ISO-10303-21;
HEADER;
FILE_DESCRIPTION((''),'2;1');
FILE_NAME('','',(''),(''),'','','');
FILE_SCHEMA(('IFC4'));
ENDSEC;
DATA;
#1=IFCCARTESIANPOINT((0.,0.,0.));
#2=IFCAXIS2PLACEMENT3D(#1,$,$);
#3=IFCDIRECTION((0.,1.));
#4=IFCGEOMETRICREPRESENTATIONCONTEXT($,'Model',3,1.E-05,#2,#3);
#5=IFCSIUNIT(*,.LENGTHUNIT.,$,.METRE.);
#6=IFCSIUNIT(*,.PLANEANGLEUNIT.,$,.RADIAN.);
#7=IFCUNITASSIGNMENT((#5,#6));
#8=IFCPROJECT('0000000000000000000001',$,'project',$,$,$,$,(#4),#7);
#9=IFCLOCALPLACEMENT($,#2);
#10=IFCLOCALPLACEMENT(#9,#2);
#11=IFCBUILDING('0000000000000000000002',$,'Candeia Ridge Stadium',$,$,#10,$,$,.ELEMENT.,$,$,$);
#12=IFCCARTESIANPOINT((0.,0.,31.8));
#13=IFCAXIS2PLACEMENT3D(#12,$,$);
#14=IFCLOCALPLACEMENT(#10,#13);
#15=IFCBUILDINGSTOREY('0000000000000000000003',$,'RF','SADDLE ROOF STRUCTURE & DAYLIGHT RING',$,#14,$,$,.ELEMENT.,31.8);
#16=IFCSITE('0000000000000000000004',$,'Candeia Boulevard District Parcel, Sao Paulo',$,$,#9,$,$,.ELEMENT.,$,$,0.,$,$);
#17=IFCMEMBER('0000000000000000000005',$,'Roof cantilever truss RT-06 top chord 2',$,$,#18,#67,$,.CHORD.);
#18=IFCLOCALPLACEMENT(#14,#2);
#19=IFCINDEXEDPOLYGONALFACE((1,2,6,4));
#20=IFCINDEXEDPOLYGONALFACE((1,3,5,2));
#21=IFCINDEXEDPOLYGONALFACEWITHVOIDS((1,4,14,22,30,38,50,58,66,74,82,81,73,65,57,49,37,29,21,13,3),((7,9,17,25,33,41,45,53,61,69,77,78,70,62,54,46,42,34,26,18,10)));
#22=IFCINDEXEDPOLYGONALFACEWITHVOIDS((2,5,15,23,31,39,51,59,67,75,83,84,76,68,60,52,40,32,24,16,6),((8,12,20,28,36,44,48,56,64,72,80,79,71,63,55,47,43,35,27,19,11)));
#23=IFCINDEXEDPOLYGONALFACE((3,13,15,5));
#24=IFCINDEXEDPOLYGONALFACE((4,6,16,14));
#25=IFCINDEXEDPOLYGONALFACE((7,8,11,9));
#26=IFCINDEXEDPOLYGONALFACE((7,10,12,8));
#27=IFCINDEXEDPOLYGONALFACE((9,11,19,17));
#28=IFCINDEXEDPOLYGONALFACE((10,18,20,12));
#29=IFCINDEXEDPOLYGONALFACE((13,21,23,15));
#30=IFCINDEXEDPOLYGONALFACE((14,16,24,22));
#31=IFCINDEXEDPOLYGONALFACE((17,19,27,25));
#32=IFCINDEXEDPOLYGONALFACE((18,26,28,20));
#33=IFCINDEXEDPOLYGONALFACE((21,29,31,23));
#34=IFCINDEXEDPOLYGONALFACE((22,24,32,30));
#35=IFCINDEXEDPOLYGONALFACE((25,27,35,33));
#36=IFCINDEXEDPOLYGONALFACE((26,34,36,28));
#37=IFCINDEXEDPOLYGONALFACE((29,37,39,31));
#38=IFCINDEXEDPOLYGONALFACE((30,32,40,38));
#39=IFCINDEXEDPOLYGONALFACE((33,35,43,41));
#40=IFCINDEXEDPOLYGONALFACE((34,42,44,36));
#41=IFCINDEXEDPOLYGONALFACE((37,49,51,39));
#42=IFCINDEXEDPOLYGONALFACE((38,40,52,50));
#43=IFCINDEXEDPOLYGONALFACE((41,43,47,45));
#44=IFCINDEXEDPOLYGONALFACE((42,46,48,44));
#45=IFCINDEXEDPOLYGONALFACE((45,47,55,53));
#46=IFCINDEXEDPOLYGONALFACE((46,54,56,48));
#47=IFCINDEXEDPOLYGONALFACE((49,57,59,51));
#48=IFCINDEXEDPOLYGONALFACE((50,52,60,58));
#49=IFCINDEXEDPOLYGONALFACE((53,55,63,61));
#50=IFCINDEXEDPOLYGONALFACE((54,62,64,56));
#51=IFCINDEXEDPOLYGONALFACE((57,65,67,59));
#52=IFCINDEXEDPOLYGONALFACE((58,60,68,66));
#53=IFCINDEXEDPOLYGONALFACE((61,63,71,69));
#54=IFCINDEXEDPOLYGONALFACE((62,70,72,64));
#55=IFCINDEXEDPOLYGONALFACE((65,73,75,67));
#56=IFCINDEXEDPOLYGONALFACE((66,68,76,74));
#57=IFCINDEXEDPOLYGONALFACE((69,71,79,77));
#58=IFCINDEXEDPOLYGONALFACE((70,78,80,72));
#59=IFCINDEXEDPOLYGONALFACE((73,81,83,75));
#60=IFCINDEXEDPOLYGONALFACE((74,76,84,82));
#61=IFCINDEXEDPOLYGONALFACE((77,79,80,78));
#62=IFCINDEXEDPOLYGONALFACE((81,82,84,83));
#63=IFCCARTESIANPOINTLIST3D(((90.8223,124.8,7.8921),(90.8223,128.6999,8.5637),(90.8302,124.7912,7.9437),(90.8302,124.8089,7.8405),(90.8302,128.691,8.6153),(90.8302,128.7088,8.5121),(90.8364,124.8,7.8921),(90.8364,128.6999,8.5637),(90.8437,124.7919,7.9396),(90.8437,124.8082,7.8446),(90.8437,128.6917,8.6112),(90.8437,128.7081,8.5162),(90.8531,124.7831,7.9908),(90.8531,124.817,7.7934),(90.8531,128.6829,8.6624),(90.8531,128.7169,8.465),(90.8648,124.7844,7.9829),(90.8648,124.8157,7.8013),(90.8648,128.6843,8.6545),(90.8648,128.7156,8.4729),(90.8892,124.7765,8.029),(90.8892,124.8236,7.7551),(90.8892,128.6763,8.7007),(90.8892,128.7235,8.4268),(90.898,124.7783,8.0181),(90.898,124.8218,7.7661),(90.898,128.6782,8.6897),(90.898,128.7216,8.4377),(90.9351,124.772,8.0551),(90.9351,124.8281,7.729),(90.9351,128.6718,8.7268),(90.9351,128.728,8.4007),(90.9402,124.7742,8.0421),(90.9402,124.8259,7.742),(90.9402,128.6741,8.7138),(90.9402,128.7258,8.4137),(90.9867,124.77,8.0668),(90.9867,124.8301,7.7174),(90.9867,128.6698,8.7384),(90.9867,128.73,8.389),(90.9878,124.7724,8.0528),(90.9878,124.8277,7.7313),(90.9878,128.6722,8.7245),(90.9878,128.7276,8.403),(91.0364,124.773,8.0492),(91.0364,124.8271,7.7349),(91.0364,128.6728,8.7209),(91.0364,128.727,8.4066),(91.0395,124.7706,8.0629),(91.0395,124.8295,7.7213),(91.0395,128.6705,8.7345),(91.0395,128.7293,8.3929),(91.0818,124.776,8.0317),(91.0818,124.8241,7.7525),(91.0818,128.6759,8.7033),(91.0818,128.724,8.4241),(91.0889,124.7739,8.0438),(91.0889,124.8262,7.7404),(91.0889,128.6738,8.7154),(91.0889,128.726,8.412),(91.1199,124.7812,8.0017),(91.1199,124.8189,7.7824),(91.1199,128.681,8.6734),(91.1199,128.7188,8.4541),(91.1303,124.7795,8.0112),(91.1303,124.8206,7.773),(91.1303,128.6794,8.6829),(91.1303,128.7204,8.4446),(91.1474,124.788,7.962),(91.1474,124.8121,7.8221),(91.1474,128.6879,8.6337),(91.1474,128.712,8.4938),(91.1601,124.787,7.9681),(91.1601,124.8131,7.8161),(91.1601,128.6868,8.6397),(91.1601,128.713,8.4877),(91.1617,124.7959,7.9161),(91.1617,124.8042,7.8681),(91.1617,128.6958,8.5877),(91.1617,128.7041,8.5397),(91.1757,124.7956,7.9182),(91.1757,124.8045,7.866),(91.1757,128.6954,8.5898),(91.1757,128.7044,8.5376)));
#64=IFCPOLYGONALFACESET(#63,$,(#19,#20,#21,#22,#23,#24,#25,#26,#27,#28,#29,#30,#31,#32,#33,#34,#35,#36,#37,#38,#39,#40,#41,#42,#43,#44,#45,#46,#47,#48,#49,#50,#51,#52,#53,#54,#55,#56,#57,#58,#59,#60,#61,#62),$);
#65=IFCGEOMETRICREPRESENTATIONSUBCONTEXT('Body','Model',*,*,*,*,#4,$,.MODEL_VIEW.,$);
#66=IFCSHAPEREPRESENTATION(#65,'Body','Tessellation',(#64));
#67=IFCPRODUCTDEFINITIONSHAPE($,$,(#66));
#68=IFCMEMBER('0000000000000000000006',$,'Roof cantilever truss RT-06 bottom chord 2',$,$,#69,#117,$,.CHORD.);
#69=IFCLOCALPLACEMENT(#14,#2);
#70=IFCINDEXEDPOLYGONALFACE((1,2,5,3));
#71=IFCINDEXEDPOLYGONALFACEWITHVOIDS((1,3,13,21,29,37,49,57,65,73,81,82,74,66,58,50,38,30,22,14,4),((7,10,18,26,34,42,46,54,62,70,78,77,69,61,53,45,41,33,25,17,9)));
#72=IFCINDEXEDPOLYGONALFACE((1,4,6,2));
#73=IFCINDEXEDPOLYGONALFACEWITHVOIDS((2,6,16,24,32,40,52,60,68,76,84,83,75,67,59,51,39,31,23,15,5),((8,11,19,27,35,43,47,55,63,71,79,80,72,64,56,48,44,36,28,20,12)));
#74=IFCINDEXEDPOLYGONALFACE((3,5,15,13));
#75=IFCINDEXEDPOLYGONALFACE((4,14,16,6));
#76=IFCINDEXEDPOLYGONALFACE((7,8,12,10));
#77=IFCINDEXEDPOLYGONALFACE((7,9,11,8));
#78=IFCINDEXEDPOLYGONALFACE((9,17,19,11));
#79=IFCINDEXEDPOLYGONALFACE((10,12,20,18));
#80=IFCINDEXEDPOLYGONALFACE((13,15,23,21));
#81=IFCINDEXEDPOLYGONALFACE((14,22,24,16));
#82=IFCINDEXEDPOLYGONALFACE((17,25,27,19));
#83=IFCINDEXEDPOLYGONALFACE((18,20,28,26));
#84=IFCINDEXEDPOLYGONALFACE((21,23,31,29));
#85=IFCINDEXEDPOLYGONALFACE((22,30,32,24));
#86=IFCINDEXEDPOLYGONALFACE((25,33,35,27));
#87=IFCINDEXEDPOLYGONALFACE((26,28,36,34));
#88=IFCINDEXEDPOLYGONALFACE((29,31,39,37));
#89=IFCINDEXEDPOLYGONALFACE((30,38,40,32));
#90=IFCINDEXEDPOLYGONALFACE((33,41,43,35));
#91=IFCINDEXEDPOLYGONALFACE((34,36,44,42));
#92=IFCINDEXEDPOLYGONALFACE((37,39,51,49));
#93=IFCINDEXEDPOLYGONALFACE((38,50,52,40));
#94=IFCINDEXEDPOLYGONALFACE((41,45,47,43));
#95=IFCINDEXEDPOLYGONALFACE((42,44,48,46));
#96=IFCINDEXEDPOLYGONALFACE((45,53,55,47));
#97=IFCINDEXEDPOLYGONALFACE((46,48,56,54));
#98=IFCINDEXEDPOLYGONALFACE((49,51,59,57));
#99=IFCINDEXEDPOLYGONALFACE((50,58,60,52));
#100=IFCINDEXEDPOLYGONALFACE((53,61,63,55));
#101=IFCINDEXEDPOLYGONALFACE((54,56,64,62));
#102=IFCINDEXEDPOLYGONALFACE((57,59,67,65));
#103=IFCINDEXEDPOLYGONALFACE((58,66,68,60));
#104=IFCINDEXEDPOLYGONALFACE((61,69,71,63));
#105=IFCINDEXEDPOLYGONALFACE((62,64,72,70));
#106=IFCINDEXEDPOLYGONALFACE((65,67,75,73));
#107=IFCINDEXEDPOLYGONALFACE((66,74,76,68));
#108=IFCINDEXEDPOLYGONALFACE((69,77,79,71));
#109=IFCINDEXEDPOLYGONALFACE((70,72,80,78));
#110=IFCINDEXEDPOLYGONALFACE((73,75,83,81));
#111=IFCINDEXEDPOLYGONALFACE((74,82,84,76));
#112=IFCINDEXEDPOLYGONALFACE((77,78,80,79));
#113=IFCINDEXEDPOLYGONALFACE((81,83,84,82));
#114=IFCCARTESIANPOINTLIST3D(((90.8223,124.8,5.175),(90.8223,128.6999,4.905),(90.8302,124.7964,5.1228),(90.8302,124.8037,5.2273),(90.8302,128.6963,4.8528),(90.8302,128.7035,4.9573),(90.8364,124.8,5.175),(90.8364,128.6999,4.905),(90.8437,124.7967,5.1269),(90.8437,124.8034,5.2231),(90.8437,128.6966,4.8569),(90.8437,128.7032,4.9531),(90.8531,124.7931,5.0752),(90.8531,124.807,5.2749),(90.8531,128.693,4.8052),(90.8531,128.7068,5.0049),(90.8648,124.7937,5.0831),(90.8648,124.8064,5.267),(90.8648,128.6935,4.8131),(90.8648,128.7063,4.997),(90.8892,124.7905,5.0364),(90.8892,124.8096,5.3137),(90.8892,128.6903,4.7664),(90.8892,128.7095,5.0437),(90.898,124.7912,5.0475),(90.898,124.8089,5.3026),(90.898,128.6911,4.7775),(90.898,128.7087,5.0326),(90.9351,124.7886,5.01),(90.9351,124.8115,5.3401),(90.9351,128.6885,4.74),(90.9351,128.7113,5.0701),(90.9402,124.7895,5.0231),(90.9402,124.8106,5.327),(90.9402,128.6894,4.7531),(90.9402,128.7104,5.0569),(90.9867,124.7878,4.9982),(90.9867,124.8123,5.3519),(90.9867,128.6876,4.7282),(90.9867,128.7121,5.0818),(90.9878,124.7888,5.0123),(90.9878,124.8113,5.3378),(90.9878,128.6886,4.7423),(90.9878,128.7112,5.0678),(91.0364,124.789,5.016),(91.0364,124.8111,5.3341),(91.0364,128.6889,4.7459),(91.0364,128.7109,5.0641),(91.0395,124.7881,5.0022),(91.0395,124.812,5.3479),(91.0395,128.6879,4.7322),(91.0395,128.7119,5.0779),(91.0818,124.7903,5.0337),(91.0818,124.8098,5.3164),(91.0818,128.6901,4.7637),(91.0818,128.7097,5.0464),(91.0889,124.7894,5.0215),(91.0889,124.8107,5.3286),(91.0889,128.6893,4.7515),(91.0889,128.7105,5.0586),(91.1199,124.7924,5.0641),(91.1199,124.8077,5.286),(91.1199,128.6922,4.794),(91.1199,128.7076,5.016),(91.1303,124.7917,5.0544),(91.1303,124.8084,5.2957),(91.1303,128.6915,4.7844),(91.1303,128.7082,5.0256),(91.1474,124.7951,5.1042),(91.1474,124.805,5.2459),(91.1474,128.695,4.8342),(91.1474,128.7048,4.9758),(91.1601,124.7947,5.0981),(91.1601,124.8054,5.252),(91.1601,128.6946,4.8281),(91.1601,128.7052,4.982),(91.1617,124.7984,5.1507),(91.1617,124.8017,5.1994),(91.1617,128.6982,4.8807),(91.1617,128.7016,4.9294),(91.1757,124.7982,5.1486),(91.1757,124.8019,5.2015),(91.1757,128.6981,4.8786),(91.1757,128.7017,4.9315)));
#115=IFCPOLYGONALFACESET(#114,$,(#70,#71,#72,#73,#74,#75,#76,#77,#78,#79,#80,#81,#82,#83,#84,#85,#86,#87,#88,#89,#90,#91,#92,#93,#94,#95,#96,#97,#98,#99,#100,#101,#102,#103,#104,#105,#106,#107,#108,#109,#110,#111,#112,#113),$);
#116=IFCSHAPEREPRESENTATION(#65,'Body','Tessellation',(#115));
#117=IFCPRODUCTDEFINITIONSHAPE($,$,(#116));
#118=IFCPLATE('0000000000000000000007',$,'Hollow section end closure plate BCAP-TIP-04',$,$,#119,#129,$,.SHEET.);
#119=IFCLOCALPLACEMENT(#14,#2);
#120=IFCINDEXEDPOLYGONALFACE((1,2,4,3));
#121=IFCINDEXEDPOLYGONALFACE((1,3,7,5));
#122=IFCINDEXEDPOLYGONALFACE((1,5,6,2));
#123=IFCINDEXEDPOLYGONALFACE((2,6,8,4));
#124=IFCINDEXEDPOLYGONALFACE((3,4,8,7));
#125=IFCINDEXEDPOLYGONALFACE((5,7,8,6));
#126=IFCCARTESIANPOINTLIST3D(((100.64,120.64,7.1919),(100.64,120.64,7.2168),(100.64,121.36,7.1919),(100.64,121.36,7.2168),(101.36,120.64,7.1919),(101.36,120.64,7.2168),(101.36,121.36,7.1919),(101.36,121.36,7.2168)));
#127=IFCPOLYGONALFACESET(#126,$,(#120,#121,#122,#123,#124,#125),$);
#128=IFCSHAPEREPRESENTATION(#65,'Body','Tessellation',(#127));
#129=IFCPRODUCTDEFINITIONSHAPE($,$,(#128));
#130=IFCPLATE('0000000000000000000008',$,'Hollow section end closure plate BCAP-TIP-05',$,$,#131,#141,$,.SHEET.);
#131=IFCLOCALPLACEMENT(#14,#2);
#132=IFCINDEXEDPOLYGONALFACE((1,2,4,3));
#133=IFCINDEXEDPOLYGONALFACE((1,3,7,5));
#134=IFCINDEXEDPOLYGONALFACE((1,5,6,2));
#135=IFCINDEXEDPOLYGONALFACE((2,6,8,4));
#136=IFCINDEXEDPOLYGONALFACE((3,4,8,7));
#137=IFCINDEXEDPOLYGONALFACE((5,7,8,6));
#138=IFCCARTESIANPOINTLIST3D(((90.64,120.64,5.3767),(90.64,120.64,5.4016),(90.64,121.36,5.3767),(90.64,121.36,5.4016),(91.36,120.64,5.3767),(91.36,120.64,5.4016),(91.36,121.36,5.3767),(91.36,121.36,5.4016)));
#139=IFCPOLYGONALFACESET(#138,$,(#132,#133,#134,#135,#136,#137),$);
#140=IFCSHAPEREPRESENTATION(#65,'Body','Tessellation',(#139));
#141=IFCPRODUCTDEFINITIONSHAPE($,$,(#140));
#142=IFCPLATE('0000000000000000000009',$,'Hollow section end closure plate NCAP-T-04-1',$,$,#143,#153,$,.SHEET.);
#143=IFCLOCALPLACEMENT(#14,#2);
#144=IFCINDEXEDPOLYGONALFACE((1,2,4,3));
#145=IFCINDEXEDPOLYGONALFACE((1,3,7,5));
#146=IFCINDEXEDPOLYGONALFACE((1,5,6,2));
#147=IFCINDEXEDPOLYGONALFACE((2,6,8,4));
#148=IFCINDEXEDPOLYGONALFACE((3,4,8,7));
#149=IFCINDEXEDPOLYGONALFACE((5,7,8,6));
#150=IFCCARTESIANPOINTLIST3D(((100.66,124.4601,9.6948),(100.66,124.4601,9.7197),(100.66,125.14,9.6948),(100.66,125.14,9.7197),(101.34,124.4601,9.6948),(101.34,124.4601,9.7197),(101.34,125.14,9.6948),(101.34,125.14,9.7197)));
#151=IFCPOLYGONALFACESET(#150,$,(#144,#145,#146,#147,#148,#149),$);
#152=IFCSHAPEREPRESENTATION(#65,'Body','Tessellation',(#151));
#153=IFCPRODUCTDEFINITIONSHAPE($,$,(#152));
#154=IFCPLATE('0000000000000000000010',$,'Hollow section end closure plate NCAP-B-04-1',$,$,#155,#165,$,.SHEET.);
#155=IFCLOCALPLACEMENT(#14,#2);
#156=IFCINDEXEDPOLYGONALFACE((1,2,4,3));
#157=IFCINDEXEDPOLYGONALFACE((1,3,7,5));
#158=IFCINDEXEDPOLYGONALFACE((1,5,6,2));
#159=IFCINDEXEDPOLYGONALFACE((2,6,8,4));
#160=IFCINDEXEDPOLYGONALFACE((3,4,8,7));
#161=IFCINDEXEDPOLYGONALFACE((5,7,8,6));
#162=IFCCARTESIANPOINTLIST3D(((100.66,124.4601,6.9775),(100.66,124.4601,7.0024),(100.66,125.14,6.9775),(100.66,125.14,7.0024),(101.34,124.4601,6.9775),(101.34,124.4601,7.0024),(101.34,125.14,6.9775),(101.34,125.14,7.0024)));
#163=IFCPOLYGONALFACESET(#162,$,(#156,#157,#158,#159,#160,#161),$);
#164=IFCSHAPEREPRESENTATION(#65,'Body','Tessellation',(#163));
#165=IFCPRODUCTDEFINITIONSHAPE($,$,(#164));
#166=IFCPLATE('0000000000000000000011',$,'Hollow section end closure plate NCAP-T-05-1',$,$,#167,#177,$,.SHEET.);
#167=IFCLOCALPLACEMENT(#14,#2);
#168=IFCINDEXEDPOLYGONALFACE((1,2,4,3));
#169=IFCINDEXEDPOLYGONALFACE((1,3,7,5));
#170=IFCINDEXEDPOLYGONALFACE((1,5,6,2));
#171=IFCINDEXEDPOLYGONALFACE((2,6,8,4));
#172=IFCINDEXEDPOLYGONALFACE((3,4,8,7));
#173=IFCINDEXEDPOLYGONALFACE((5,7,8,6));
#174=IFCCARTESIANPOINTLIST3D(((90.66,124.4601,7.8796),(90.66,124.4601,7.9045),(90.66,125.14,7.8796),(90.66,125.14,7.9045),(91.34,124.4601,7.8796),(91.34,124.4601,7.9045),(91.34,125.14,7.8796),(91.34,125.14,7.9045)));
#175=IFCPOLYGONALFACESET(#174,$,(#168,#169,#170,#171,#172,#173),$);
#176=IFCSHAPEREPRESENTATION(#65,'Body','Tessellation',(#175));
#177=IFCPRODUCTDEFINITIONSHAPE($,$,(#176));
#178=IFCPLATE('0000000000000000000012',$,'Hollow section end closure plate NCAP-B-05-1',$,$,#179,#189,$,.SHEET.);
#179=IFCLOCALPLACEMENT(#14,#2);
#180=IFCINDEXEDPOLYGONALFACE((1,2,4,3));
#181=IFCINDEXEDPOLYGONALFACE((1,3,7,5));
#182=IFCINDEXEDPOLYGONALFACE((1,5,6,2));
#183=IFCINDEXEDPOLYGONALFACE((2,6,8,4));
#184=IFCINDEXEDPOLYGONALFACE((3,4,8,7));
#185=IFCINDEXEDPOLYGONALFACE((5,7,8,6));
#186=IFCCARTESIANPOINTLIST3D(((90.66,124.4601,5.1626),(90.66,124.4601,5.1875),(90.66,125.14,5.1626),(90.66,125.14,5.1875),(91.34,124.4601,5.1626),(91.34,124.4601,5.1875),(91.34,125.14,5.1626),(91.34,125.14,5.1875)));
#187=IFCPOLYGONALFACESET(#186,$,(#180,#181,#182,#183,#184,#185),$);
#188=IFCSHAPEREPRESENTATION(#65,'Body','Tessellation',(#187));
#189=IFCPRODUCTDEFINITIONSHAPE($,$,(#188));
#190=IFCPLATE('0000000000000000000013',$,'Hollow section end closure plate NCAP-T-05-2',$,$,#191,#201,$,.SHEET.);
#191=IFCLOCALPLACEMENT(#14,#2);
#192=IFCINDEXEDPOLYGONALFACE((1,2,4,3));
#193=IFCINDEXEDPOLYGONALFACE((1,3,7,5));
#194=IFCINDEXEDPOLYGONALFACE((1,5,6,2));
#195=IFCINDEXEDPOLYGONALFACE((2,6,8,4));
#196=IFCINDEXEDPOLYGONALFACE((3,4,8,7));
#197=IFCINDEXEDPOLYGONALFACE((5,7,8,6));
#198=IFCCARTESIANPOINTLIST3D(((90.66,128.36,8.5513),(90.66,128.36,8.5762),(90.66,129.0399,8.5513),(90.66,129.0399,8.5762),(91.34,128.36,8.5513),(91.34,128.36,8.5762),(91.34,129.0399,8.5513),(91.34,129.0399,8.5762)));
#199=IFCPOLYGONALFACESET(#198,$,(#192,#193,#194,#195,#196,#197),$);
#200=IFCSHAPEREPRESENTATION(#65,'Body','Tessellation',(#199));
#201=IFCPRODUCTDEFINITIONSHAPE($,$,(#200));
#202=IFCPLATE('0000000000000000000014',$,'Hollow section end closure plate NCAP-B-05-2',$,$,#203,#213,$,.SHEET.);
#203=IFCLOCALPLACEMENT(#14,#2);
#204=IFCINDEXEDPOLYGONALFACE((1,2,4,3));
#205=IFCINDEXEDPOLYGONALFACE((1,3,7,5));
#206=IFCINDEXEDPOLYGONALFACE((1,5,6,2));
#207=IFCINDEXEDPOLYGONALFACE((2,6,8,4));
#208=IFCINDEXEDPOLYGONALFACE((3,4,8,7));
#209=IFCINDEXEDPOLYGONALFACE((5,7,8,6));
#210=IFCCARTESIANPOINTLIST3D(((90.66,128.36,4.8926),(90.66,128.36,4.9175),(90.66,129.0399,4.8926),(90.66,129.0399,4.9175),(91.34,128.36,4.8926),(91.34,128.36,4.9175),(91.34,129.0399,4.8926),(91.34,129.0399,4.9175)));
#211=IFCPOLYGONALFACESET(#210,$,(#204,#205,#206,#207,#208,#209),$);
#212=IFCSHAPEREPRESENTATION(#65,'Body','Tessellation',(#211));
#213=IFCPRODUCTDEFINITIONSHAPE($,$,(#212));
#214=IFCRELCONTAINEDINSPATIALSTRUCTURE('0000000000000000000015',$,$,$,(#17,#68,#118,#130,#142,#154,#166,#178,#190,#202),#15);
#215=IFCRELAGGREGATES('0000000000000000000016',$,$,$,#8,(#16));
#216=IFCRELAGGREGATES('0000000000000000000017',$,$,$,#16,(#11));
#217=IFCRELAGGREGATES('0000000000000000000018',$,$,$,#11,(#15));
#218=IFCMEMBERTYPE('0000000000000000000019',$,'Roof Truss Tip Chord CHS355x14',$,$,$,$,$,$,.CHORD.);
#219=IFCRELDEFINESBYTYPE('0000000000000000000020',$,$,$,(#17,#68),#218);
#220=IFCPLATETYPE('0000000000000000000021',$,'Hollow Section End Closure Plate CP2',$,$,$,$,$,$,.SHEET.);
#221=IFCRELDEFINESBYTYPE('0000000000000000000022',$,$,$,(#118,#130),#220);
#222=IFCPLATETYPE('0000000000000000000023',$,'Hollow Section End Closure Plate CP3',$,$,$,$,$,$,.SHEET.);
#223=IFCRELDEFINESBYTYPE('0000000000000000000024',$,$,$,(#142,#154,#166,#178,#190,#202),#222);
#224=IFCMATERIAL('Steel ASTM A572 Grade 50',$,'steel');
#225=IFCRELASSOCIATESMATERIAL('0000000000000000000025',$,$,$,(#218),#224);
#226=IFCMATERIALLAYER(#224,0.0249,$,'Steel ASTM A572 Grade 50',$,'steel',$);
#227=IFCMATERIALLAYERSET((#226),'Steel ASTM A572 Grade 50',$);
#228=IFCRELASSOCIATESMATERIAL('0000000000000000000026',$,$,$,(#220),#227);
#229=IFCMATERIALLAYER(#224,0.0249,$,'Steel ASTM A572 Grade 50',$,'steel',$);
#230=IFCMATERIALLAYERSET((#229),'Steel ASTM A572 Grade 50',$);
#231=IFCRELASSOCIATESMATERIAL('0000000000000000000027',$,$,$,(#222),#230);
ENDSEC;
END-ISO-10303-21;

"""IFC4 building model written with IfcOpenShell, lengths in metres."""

from ifc_helpers import new_model, si_unit, direction, frame, origin, origin_2d, place, context, subcontext, project, spatial, rectangle, hollow_circle, extrude, material, layer, layer_set, material_profile, profile_set, type_object, element, save


model = new_model("IFC4")

# Units and contexts
model_context = context("Model", 3, precision=1e-05, world=origin(), true_north=direction((0.0, 1.0)))
body_context = subcontext(model_context, "Body", "Model", "MODEL_VIEW")
ifc_project = project(units=[si_unit("LENGTHUNIT", "METRE"), si_unit("PLANEANGLEUNIT", "RADIAN")], contexts=[model_context])

# Site, building, storey
site_placement = place(None, origin())
site = spatial("IfcSite", under=ifc_project, at=site_placement, Name="Candeia Boulevard District Parcel, Sao Paulo", CompositionType="ELEMENT", RefElevation=0.0)
building_placement = place(site_placement, origin())
building = spatial("IfcBuilding", under=site, at=building_placement, Name="Candeia Ridge Stadium", CompositionType="ELEMENT")
storey_placement = place(building_placement, frame((0.0, 0.0, 31.8)))
storey = spatial("IfcBuildingStorey", under=building, at=storey_placement, Name="RF", Description="SADDLE ROOF STRUCTURE & DAYLIGHT RING", CompositionType="ELEMENT", Elevation=31.8)

# Shared definitions
ifc_material_1 = material(Name="Steel ASTM A572 Grade 50", Category="steel")

# Members
ifc_material_profile_1 = material_profile(ifc_material_1, hollow_circle(Radius=0.1777, WallThickness=0.0142, at=origin_2d()), Name="CHS355x14", Category="steel")
ifc_profile_set_1 = profile_set([ifc_material_profile_1], Name="Steel ASTM A572 Grade 50")
member_type_1 = type_object("IfcMemberType", Name="Roof Truss Tip Chord CHS355x14", PredefinedType="CHORD", material=ifc_profile_set_1)
member_1_placement = place(storey_placement, frame((91.0, 124.8, 7.8921), z_axis=(0.0, 0.985493, 0.169719), x_axis=(-1.0, 0.0, 0.0)))
element("IfcMember", 1, at=member_1_placement, inside=storey, type_object=member_type_1, Name="Roof cantilever truss RT-06 top chord 2", PredefinedType="CHORD", context=body_context, shape_type="SweptSolid", body=[
    extrude(hollow_circle(Radius=0.1777, WallThickness=0.0142, at=origin_2d()), origin(), (0.0, 0.0, 1.0), 3.9573),
])
member_2_placement = place(storey_placement, frame((91.0, 124.8, 5.175), z_axis=(0.0, 0.997612, -0.069072), x_axis=(-1.0, 0.0, 0.0)))
element("IfcMember", 2, at=member_2_placement, inside=storey, type_object=member_type_1, Name="Roof cantilever truss RT-06 bottom chord 2", PredefinedType="CHORD", context=body_context, shape_type="SweptSolid", body=[
    extrude(hollow_circle(Radius=0.1777, WallThickness=0.0142, at=origin_2d()), origin(), (0.0, 0.0, 1.0), 3.9092),
])

# Plates
ifc_layer_1 = layer(ifc_material_1, 0.0249, Name="Steel ASTM A572 Grade 50", Category="steel")
ifc_layer_set_1 = layer_set([ifc_layer_1], Name="Steel ASTM A572 Grade 50")
plate_type_1 = type_object("IfcPlateType", Name="Hollow Section End Closure Plate CP2", PredefinedType="SHEET", material=ifc_layer_set_1)
for number, where, z_axis, x_axis, name in (
    (3, (101.0, 121.0, 7.1919), (0.0, 0.0, 1.0), (1.0, 0.0, 0.0), "Hollow section end closure plate BCAP-TIP-04"),
    (4, (91.0, 121.0, 5.3767), (0.0, 0.0, 1.0), (1.0, 0.0, 0.0), "Hollow section end closure plate BCAP-TIP-05"),
):
    element("IfcPlate", number, at=place(storey_placement, frame(where, z_axis=z_axis, x_axis=x_axis)), inside=storey, type_object=plate_type_1, Name=name, PredefinedType="SHEET", context=body_context, shape_type="SweptSolid", body=[
        extrude(rectangle(XDim=0.72, YDim=0.72, at=origin_2d()), origin(), (0.0, 0.0, 1.0), 0.0249),
    ])
ifc_layer_2 = layer(ifc_material_1, 0.0249, Name="Steel ASTM A572 Grade 50", Category="steel")
ifc_layer_set_2 = layer_set([ifc_layer_2], Name="Steel ASTM A572 Grade 50")
plate_type_2 = type_object("IfcPlateType", Name="Hollow Section End Closure Plate CP3", PredefinedType="SHEET", material=ifc_layer_set_2)
for number, where, z_axis, x_axis, name in (
    (5, (101.0, 124.8, 9.6948), (0.0, 0.0, 1.0), (1.0, 0.0, 0.0), "Hollow section end closure plate NCAP-T-04-1"),
    (6, (101.0, 124.8, 6.9775), (0.0, 0.0, 1.0), (1.0, 0.0, 0.0), "Hollow section end closure plate NCAP-B-04-1"),
    (7, (91.0, 124.8, 7.8796), (0.0, 0.0, 1.0), (1.0, 0.0, 0.0), "Hollow section end closure plate NCAP-T-05-1"),
    (8, (91.0, 124.8, 5.1626), (0.0, 0.0, 1.0), (1.0, 0.0, 0.0), "Hollow section end closure plate NCAP-B-05-1"),
    (9, (91.0, 128.7, 8.5513), (0.0, 0.0, 1.0), (1.0, 0.0, 0.0), "Hollow section end closure plate NCAP-T-05-2"),
    (10, (91.0, 128.7, 4.8926), (0.0, 0.0, 1.0), (1.0, 0.0, 0.0), "Hollow section end closure plate NCAP-B-05-2"),
):
    element("IfcPlate", number, at=place(storey_placement, frame(where, z_axis=z_axis, x_axis=x_axis)), inside=storey, type_object=plate_type_2, Name=name, PredefinedType="SHEET", context=body_context, shape_type="SweptSolid", body=[
        extrude(rectangle(XDim=0.6799, YDim=0.6799, at=origin_2d()), origin(), (0.0, 0.0, 1.0), 0.0249),
    ])

save(model, "model.ifc")
